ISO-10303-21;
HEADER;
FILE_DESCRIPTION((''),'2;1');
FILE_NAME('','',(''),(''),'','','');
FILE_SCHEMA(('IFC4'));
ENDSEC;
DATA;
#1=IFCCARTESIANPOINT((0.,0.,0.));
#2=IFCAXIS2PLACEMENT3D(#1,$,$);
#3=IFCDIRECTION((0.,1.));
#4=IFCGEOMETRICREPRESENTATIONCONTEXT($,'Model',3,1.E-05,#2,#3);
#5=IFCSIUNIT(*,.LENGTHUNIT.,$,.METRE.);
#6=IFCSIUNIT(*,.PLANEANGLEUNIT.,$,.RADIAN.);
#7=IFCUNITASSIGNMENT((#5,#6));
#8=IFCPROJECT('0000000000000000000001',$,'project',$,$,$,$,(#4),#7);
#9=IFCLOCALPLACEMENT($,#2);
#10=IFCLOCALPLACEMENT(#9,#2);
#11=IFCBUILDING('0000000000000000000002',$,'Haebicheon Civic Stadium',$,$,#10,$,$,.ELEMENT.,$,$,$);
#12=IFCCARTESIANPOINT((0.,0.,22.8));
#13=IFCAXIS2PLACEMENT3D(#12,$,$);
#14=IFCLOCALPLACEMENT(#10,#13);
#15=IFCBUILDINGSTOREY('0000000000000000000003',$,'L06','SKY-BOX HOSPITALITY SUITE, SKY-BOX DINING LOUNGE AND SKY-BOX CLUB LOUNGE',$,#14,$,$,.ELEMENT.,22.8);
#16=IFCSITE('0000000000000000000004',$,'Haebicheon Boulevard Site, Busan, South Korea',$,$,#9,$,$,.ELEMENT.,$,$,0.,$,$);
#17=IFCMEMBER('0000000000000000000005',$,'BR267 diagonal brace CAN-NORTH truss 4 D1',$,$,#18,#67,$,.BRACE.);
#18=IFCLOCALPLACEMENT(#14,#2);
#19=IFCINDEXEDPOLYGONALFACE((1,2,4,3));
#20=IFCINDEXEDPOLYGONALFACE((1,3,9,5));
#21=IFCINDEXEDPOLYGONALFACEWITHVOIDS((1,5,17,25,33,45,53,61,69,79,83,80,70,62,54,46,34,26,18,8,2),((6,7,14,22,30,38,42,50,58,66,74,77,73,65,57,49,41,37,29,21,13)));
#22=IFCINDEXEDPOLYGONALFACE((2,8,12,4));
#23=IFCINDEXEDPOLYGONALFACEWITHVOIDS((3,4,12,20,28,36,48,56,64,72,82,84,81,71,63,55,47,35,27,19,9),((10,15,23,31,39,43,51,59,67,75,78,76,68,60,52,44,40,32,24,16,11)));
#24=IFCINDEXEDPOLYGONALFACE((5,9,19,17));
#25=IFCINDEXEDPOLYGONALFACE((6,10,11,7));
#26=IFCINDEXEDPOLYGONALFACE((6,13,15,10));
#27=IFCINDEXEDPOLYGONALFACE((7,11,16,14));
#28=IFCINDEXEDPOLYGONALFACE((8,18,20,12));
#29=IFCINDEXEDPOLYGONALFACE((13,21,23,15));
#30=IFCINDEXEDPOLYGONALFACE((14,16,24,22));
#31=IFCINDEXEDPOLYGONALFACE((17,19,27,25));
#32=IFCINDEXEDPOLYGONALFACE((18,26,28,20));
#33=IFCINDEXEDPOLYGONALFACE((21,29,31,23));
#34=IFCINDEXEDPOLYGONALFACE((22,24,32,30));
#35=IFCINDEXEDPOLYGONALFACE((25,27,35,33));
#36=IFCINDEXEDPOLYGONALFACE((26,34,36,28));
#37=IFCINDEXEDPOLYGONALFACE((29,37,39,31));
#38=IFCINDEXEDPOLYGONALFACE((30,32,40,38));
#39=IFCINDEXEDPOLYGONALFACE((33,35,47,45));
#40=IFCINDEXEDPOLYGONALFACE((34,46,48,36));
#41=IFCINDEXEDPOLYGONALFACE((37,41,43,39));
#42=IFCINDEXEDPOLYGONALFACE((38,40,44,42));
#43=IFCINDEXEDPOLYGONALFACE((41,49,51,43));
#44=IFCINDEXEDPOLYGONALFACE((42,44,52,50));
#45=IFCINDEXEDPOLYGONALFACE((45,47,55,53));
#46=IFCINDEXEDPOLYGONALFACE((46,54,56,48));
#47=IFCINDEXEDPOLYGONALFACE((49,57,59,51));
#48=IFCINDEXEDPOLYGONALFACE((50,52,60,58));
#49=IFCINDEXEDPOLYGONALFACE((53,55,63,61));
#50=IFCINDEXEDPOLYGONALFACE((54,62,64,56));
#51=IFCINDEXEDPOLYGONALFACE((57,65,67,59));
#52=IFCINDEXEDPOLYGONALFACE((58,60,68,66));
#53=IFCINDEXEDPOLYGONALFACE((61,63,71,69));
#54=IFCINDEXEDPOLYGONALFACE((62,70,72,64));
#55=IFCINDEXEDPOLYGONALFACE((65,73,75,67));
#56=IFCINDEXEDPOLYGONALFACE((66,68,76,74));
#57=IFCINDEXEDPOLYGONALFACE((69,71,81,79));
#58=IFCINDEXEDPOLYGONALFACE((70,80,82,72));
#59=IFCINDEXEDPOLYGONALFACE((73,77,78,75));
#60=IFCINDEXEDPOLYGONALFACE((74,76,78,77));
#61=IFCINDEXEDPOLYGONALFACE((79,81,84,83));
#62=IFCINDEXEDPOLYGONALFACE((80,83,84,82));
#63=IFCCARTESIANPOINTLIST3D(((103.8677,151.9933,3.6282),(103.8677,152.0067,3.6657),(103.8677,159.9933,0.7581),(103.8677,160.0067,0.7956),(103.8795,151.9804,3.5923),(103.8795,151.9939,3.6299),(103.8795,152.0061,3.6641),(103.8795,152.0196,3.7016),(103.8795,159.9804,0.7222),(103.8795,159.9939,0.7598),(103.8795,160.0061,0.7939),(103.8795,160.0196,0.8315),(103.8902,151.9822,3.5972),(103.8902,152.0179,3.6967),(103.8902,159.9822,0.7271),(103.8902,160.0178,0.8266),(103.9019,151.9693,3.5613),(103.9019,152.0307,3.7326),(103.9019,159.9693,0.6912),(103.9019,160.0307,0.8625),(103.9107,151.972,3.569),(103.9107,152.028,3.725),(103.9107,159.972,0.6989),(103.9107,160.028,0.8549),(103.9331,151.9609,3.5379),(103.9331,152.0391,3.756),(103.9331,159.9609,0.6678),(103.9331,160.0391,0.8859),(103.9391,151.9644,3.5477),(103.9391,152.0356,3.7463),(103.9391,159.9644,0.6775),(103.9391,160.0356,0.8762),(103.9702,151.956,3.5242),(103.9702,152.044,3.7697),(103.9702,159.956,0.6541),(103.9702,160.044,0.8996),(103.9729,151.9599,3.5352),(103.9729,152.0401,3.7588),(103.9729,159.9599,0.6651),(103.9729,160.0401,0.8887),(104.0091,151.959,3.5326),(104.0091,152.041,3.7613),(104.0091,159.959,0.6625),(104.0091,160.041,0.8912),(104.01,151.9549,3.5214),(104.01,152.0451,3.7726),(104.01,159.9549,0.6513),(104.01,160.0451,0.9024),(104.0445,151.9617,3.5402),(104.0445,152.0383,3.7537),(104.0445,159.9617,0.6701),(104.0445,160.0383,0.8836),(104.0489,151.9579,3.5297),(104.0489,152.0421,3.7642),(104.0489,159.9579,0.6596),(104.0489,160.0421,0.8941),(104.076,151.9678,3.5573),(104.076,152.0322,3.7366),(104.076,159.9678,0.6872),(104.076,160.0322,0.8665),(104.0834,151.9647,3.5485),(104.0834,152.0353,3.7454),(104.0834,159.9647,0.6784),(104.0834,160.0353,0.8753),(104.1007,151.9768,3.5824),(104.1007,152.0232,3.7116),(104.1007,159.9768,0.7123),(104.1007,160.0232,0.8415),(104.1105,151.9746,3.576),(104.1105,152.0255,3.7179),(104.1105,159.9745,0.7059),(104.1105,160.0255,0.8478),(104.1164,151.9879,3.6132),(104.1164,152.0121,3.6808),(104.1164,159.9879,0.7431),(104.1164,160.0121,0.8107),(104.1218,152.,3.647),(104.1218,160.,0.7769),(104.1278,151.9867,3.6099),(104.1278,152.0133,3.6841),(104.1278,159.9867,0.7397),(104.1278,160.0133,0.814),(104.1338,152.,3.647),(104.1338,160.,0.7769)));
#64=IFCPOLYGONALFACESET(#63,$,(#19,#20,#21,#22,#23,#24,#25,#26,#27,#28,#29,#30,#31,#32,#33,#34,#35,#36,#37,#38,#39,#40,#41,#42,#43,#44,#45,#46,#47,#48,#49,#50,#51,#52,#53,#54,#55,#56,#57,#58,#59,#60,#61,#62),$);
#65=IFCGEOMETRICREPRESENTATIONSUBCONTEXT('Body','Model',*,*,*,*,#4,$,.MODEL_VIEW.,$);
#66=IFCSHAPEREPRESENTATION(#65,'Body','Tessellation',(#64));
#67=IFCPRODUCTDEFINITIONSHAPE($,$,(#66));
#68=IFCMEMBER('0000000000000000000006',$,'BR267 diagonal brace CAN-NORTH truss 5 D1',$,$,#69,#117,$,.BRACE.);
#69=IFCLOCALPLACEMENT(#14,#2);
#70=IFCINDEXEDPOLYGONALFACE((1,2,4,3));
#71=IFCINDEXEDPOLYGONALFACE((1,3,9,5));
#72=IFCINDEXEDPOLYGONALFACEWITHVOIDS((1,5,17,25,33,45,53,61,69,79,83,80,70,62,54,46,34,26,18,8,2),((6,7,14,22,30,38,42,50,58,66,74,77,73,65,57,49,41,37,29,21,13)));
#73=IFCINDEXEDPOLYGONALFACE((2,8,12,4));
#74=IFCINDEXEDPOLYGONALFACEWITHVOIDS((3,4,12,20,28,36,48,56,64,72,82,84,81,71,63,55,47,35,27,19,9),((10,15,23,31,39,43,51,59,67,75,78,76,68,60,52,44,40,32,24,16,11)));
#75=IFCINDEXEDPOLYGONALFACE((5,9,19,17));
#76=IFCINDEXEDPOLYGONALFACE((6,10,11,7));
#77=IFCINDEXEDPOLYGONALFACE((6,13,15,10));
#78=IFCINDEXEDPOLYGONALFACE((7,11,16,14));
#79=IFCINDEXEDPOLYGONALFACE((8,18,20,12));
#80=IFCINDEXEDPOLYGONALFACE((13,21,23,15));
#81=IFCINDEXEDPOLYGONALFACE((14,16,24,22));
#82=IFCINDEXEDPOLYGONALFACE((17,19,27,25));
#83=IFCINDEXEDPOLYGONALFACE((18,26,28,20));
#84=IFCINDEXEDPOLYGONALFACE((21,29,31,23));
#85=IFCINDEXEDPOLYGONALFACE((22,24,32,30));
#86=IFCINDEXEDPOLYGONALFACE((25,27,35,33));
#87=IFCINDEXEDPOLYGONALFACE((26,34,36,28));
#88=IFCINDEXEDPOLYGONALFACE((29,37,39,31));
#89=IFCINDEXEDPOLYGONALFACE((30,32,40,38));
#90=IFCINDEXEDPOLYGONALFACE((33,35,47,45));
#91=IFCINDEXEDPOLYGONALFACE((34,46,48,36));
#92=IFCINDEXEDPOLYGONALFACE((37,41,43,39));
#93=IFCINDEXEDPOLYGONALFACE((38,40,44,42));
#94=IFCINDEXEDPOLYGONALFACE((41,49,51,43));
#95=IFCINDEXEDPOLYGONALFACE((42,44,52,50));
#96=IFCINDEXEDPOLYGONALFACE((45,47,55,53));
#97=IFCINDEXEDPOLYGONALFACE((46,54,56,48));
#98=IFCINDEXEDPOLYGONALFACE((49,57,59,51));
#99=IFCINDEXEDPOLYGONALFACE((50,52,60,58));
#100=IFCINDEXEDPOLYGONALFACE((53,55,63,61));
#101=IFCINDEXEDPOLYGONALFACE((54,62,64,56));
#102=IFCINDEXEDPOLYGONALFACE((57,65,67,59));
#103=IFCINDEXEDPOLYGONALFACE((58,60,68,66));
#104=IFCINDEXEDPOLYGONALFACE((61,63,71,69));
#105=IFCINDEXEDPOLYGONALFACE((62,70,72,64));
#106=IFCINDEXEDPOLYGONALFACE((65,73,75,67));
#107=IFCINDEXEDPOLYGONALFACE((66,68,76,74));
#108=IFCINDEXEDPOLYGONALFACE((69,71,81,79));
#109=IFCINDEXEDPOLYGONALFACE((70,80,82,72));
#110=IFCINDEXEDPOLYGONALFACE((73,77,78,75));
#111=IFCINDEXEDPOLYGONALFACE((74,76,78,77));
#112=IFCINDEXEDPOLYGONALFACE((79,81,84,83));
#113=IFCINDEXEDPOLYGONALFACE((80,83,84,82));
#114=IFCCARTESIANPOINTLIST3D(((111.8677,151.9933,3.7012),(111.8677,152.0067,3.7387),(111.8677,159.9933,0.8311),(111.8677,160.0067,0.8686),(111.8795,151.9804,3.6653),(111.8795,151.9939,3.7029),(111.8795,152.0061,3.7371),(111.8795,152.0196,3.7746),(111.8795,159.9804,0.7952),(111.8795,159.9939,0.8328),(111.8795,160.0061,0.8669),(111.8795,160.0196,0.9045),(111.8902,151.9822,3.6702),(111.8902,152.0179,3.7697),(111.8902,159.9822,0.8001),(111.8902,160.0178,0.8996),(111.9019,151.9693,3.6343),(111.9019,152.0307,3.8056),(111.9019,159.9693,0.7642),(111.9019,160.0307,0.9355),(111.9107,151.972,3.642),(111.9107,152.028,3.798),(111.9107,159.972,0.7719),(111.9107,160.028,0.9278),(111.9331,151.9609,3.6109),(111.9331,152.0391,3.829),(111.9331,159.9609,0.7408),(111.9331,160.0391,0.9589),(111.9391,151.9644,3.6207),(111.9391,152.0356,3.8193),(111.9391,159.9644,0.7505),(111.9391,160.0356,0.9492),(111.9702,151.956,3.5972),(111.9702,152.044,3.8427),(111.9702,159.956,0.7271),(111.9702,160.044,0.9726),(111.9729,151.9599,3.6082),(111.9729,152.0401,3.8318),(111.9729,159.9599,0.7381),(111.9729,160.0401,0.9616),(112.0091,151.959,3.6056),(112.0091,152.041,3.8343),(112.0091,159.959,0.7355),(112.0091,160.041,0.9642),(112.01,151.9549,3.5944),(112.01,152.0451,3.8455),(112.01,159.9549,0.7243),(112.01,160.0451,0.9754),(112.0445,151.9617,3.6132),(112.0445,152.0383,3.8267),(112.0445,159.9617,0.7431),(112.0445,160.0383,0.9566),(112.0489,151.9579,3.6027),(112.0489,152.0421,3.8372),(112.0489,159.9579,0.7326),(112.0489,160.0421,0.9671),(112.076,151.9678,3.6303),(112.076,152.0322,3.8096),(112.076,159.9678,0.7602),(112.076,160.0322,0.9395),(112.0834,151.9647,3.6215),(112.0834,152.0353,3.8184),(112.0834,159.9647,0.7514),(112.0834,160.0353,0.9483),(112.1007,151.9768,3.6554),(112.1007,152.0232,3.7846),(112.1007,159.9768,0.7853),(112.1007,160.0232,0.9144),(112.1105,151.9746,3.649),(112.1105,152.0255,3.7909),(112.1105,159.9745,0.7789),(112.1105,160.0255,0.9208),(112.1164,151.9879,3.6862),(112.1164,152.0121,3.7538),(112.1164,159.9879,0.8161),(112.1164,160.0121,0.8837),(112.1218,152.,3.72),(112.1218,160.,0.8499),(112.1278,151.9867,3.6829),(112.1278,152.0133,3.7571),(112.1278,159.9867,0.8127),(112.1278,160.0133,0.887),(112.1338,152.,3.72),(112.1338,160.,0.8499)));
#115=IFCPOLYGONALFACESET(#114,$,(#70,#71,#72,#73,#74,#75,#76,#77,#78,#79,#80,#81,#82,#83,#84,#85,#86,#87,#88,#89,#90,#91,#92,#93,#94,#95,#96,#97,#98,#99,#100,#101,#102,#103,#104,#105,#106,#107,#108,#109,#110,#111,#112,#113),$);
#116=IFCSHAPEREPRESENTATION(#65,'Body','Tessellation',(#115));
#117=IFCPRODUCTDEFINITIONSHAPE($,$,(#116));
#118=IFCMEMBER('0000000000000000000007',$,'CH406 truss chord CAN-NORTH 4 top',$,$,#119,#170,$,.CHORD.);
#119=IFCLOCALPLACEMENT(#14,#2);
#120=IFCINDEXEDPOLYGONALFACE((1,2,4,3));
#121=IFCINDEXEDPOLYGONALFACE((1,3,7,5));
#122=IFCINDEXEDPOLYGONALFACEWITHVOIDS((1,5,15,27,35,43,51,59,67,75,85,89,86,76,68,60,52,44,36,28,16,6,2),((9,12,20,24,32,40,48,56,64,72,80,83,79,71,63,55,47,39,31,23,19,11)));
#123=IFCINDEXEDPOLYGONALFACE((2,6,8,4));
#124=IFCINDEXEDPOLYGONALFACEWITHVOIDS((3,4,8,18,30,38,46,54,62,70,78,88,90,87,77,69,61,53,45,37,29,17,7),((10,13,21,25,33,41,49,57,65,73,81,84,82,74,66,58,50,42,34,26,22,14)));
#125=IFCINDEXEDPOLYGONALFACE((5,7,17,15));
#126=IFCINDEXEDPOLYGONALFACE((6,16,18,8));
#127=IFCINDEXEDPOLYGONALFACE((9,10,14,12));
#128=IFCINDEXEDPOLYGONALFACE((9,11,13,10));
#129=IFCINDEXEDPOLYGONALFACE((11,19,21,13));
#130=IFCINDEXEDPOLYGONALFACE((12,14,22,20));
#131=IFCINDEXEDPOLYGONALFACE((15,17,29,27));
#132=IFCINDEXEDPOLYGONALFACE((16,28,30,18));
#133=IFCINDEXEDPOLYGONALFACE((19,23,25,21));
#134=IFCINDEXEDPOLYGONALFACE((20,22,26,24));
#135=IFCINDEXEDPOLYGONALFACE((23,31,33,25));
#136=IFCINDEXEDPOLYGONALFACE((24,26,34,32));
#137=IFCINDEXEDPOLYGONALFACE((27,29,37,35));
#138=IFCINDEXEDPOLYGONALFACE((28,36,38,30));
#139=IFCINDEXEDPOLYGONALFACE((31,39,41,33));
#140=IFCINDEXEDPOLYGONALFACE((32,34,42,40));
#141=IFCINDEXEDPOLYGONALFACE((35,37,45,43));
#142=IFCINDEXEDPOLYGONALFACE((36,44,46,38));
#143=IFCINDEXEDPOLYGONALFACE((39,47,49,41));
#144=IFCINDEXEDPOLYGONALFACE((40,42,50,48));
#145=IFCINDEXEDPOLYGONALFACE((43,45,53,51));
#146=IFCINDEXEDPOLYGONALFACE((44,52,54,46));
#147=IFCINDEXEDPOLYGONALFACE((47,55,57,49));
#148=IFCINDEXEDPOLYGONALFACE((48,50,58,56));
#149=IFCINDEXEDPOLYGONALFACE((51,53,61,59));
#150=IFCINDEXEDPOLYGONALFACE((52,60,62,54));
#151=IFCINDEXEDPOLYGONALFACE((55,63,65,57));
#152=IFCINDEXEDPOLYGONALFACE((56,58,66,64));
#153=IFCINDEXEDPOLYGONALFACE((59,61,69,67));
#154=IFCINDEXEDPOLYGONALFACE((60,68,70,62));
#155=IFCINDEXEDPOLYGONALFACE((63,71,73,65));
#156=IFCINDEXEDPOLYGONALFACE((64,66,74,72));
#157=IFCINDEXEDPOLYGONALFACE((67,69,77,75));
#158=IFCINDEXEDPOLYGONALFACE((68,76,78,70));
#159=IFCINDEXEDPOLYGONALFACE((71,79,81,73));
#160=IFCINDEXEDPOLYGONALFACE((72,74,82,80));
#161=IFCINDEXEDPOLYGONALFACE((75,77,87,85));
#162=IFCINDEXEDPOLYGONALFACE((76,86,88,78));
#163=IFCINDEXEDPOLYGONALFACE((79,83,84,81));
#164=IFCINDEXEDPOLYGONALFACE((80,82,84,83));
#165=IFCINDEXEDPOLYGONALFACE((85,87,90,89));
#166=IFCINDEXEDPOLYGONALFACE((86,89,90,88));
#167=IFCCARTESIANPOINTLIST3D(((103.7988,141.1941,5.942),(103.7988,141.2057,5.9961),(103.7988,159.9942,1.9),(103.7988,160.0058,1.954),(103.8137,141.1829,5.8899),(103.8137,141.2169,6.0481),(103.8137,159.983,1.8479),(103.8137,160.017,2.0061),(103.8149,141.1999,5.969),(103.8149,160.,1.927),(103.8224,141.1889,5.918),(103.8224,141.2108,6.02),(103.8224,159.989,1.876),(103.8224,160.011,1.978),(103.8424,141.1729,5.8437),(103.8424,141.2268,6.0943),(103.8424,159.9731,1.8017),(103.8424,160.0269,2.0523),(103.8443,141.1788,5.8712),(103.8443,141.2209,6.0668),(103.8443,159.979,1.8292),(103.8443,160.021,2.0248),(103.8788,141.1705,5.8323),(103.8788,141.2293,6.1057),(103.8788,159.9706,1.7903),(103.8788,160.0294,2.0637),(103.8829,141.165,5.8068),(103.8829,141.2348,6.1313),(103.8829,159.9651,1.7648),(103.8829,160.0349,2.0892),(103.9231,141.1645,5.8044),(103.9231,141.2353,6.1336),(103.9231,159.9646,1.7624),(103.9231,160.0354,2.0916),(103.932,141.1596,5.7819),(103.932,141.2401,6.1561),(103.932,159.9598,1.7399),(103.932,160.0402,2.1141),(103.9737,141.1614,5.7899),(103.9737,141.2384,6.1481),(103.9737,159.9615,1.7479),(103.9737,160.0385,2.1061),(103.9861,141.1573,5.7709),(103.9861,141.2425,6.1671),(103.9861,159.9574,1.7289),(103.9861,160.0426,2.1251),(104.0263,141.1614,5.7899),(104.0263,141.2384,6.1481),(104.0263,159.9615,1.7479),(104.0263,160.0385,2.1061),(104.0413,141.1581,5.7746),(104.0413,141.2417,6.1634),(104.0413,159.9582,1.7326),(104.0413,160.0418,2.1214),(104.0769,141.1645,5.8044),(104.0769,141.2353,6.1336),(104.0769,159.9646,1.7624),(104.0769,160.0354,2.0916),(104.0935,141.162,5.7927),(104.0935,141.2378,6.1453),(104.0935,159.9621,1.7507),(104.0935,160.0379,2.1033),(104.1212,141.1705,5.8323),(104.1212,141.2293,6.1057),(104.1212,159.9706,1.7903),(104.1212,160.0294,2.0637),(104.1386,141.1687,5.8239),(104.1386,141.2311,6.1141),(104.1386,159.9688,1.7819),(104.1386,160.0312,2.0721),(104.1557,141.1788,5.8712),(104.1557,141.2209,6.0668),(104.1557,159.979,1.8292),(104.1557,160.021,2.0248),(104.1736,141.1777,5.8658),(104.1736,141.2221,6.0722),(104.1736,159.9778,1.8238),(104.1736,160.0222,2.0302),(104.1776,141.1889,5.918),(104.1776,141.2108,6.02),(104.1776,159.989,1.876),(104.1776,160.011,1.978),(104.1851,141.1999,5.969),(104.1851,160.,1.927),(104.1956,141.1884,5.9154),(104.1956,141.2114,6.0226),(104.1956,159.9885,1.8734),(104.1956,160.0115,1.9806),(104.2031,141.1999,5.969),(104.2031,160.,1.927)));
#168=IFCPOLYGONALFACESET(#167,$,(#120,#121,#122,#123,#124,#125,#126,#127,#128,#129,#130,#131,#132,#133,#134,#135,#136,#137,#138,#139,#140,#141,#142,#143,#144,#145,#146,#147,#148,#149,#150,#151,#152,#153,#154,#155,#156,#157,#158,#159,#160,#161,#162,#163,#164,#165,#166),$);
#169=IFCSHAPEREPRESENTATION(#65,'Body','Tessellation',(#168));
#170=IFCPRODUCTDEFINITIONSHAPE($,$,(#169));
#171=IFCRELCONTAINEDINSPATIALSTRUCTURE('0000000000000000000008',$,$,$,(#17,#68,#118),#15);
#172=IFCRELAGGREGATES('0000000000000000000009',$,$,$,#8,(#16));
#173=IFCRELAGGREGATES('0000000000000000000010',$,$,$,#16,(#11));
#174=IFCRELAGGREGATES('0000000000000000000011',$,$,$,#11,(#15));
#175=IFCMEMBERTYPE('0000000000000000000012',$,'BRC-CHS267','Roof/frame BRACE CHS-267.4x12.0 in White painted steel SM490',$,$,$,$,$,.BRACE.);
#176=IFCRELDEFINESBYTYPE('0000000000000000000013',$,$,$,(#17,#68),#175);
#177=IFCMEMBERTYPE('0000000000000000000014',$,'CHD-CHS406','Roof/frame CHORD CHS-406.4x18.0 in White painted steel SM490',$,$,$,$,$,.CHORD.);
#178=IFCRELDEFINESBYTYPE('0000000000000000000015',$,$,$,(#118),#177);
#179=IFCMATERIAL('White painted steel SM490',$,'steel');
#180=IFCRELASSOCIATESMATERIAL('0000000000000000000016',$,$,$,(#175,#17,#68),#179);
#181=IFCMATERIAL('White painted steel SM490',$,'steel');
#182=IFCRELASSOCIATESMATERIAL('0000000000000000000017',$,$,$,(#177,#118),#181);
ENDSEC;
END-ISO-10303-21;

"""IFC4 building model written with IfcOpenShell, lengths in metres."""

from ifc_helpers import new_model, si_unit, direction, frame, origin, origin_2d, place, context, subcontext, project, spatial, hollow_circle, extrude, material, material_profile, profile_set, type_object, element, save


model = new_model("IFC4")

# Units and contexts
model_context = context("Model", 3, precision=1e-05, world=origin(), true_north=direction((0.0, 1.0)))
body_context = subcontext(model_context, "Body", "Model", "MODEL_VIEW")
ifc_project = project(units=[si_unit("LENGTHUNIT", "METRE"), si_unit("PLANEANGLEUNIT", "RADIAN")], contexts=[model_context])

# Site, building, storey
site_placement = place(None, origin())
site = spatial("IfcSite", under=ifc_project, at=site_placement, Name="Haebicheon Boulevard Site, Busan, South Korea", CompositionType="ELEMENT", RefElevation=0.0)
building_placement = place(site_placement, origin())
building = spatial("IfcBuilding", under=site, at=building_placement, Name="Haebicheon Civic Stadium", CompositionType="ELEMENT")
storey_placement = place(building_placement, frame((0.0, 0.0, 22.8)))
storey = spatial("IfcBuildingStorey", under=building, at=storey_placement, Name="L06", Description="SKY-BOX HOSPITALITY SUITE, SKY-BOX DINING LOUNGE AND SKY-BOX CLUB LOUNGE", CompositionType="ELEMENT", Elevation=22.8)

# Members
ifc_material_1 = material(Name="White painted steel SM490", Category="steel")
ifc_material_profile_1 = material_profile(ifc_material_1, hollow_circle(Radius=0.1338, WallThickness=0.012, at=origin_2d()), Name="CHS-267.4x12.0")
ifc_profile_set_1 = profile_set([ifc_material_profile_1], Name="White painted steel SM490")
member_type_1 = type_object("IfcMemberType", Name="BRC-CHS267", Description="Roof/frame BRACE CHS-267.4x12.0 in White painted steel SM490", PredefinedType="BRACE", material=ifc_profile_set_1)
for number, where, z_axis, x_axis, name in (
    (1, (104.0, 160.0, 0.7769), (0.0, -0.941257, 0.33769), (1.0, 0.0, 0.0), "BR267 diagonal brace CAN-NORTH truss 4 D1"),
    (2, (112.0, 160.0, 0.8499), (0.0, -0.941257, 0.33769), (1.0, 0.0, 0.0), "BR267 diagonal brace CAN-NORTH truss 5 D1"),
):
    element("IfcMember", number, at=place(storey_placement, frame(where, z_axis=z_axis, x_axis=x_axis)), inside=storey, type_object=member_type_1, material=ifc_profile_set_1, Name=name, PredefinedType="BRACE", context=body_context, shape_type="SweptSolid", body=[
        extrude(hollow_circle(Radius=0.1338, WallThickness=0.012, at=origin_2d()), origin(), (0.0, 0.0, 1.0), 8.4993),
    ])
ifc_material_2 = material(Name="White painted steel SM490", Category="steel")
ifc_material_profile_2 = material_profile(ifc_material_2, hollow_circle(Radius=0.2031, WallThickness=0.0181, at=origin_2d()), Name="CHS-406.4x18.0")
ifc_profile_set_2 = profile_set([ifc_material_profile_2], Name="White painted steel SM490")
member_type_2 = type_object("IfcMemberType", Name="CHD-CHS406", Description="Roof/frame CHORD CHS-406.4x18.0 in White painted steel SM490", PredefinedType="CHORD", material=ifc_profile_set_2)
member_1_placement = place(storey_placement, frame((104.0, 160.0, 1.927), z_axis=(0.0, -0.977659, 0.210196), x_axis=(1.0, 0.0, 0.0)))
element("IfcMember", 3, at=member_1_placement, inside=storey, type_object=member_type_2, material=ifc_profile_set_2, Name="CH406 truss chord CAN-NORTH 4 top", PredefinedType="CHORD", context=body_context, shape_type="SweptSolid", body=[
    extrude(hollow_circle(Radius=0.2031, WallThickness=0.0181, at=origin_2d()), origin(), (0.0, 0.0, 1.0), 19.2297),
])

save(model, "model.ifc")
